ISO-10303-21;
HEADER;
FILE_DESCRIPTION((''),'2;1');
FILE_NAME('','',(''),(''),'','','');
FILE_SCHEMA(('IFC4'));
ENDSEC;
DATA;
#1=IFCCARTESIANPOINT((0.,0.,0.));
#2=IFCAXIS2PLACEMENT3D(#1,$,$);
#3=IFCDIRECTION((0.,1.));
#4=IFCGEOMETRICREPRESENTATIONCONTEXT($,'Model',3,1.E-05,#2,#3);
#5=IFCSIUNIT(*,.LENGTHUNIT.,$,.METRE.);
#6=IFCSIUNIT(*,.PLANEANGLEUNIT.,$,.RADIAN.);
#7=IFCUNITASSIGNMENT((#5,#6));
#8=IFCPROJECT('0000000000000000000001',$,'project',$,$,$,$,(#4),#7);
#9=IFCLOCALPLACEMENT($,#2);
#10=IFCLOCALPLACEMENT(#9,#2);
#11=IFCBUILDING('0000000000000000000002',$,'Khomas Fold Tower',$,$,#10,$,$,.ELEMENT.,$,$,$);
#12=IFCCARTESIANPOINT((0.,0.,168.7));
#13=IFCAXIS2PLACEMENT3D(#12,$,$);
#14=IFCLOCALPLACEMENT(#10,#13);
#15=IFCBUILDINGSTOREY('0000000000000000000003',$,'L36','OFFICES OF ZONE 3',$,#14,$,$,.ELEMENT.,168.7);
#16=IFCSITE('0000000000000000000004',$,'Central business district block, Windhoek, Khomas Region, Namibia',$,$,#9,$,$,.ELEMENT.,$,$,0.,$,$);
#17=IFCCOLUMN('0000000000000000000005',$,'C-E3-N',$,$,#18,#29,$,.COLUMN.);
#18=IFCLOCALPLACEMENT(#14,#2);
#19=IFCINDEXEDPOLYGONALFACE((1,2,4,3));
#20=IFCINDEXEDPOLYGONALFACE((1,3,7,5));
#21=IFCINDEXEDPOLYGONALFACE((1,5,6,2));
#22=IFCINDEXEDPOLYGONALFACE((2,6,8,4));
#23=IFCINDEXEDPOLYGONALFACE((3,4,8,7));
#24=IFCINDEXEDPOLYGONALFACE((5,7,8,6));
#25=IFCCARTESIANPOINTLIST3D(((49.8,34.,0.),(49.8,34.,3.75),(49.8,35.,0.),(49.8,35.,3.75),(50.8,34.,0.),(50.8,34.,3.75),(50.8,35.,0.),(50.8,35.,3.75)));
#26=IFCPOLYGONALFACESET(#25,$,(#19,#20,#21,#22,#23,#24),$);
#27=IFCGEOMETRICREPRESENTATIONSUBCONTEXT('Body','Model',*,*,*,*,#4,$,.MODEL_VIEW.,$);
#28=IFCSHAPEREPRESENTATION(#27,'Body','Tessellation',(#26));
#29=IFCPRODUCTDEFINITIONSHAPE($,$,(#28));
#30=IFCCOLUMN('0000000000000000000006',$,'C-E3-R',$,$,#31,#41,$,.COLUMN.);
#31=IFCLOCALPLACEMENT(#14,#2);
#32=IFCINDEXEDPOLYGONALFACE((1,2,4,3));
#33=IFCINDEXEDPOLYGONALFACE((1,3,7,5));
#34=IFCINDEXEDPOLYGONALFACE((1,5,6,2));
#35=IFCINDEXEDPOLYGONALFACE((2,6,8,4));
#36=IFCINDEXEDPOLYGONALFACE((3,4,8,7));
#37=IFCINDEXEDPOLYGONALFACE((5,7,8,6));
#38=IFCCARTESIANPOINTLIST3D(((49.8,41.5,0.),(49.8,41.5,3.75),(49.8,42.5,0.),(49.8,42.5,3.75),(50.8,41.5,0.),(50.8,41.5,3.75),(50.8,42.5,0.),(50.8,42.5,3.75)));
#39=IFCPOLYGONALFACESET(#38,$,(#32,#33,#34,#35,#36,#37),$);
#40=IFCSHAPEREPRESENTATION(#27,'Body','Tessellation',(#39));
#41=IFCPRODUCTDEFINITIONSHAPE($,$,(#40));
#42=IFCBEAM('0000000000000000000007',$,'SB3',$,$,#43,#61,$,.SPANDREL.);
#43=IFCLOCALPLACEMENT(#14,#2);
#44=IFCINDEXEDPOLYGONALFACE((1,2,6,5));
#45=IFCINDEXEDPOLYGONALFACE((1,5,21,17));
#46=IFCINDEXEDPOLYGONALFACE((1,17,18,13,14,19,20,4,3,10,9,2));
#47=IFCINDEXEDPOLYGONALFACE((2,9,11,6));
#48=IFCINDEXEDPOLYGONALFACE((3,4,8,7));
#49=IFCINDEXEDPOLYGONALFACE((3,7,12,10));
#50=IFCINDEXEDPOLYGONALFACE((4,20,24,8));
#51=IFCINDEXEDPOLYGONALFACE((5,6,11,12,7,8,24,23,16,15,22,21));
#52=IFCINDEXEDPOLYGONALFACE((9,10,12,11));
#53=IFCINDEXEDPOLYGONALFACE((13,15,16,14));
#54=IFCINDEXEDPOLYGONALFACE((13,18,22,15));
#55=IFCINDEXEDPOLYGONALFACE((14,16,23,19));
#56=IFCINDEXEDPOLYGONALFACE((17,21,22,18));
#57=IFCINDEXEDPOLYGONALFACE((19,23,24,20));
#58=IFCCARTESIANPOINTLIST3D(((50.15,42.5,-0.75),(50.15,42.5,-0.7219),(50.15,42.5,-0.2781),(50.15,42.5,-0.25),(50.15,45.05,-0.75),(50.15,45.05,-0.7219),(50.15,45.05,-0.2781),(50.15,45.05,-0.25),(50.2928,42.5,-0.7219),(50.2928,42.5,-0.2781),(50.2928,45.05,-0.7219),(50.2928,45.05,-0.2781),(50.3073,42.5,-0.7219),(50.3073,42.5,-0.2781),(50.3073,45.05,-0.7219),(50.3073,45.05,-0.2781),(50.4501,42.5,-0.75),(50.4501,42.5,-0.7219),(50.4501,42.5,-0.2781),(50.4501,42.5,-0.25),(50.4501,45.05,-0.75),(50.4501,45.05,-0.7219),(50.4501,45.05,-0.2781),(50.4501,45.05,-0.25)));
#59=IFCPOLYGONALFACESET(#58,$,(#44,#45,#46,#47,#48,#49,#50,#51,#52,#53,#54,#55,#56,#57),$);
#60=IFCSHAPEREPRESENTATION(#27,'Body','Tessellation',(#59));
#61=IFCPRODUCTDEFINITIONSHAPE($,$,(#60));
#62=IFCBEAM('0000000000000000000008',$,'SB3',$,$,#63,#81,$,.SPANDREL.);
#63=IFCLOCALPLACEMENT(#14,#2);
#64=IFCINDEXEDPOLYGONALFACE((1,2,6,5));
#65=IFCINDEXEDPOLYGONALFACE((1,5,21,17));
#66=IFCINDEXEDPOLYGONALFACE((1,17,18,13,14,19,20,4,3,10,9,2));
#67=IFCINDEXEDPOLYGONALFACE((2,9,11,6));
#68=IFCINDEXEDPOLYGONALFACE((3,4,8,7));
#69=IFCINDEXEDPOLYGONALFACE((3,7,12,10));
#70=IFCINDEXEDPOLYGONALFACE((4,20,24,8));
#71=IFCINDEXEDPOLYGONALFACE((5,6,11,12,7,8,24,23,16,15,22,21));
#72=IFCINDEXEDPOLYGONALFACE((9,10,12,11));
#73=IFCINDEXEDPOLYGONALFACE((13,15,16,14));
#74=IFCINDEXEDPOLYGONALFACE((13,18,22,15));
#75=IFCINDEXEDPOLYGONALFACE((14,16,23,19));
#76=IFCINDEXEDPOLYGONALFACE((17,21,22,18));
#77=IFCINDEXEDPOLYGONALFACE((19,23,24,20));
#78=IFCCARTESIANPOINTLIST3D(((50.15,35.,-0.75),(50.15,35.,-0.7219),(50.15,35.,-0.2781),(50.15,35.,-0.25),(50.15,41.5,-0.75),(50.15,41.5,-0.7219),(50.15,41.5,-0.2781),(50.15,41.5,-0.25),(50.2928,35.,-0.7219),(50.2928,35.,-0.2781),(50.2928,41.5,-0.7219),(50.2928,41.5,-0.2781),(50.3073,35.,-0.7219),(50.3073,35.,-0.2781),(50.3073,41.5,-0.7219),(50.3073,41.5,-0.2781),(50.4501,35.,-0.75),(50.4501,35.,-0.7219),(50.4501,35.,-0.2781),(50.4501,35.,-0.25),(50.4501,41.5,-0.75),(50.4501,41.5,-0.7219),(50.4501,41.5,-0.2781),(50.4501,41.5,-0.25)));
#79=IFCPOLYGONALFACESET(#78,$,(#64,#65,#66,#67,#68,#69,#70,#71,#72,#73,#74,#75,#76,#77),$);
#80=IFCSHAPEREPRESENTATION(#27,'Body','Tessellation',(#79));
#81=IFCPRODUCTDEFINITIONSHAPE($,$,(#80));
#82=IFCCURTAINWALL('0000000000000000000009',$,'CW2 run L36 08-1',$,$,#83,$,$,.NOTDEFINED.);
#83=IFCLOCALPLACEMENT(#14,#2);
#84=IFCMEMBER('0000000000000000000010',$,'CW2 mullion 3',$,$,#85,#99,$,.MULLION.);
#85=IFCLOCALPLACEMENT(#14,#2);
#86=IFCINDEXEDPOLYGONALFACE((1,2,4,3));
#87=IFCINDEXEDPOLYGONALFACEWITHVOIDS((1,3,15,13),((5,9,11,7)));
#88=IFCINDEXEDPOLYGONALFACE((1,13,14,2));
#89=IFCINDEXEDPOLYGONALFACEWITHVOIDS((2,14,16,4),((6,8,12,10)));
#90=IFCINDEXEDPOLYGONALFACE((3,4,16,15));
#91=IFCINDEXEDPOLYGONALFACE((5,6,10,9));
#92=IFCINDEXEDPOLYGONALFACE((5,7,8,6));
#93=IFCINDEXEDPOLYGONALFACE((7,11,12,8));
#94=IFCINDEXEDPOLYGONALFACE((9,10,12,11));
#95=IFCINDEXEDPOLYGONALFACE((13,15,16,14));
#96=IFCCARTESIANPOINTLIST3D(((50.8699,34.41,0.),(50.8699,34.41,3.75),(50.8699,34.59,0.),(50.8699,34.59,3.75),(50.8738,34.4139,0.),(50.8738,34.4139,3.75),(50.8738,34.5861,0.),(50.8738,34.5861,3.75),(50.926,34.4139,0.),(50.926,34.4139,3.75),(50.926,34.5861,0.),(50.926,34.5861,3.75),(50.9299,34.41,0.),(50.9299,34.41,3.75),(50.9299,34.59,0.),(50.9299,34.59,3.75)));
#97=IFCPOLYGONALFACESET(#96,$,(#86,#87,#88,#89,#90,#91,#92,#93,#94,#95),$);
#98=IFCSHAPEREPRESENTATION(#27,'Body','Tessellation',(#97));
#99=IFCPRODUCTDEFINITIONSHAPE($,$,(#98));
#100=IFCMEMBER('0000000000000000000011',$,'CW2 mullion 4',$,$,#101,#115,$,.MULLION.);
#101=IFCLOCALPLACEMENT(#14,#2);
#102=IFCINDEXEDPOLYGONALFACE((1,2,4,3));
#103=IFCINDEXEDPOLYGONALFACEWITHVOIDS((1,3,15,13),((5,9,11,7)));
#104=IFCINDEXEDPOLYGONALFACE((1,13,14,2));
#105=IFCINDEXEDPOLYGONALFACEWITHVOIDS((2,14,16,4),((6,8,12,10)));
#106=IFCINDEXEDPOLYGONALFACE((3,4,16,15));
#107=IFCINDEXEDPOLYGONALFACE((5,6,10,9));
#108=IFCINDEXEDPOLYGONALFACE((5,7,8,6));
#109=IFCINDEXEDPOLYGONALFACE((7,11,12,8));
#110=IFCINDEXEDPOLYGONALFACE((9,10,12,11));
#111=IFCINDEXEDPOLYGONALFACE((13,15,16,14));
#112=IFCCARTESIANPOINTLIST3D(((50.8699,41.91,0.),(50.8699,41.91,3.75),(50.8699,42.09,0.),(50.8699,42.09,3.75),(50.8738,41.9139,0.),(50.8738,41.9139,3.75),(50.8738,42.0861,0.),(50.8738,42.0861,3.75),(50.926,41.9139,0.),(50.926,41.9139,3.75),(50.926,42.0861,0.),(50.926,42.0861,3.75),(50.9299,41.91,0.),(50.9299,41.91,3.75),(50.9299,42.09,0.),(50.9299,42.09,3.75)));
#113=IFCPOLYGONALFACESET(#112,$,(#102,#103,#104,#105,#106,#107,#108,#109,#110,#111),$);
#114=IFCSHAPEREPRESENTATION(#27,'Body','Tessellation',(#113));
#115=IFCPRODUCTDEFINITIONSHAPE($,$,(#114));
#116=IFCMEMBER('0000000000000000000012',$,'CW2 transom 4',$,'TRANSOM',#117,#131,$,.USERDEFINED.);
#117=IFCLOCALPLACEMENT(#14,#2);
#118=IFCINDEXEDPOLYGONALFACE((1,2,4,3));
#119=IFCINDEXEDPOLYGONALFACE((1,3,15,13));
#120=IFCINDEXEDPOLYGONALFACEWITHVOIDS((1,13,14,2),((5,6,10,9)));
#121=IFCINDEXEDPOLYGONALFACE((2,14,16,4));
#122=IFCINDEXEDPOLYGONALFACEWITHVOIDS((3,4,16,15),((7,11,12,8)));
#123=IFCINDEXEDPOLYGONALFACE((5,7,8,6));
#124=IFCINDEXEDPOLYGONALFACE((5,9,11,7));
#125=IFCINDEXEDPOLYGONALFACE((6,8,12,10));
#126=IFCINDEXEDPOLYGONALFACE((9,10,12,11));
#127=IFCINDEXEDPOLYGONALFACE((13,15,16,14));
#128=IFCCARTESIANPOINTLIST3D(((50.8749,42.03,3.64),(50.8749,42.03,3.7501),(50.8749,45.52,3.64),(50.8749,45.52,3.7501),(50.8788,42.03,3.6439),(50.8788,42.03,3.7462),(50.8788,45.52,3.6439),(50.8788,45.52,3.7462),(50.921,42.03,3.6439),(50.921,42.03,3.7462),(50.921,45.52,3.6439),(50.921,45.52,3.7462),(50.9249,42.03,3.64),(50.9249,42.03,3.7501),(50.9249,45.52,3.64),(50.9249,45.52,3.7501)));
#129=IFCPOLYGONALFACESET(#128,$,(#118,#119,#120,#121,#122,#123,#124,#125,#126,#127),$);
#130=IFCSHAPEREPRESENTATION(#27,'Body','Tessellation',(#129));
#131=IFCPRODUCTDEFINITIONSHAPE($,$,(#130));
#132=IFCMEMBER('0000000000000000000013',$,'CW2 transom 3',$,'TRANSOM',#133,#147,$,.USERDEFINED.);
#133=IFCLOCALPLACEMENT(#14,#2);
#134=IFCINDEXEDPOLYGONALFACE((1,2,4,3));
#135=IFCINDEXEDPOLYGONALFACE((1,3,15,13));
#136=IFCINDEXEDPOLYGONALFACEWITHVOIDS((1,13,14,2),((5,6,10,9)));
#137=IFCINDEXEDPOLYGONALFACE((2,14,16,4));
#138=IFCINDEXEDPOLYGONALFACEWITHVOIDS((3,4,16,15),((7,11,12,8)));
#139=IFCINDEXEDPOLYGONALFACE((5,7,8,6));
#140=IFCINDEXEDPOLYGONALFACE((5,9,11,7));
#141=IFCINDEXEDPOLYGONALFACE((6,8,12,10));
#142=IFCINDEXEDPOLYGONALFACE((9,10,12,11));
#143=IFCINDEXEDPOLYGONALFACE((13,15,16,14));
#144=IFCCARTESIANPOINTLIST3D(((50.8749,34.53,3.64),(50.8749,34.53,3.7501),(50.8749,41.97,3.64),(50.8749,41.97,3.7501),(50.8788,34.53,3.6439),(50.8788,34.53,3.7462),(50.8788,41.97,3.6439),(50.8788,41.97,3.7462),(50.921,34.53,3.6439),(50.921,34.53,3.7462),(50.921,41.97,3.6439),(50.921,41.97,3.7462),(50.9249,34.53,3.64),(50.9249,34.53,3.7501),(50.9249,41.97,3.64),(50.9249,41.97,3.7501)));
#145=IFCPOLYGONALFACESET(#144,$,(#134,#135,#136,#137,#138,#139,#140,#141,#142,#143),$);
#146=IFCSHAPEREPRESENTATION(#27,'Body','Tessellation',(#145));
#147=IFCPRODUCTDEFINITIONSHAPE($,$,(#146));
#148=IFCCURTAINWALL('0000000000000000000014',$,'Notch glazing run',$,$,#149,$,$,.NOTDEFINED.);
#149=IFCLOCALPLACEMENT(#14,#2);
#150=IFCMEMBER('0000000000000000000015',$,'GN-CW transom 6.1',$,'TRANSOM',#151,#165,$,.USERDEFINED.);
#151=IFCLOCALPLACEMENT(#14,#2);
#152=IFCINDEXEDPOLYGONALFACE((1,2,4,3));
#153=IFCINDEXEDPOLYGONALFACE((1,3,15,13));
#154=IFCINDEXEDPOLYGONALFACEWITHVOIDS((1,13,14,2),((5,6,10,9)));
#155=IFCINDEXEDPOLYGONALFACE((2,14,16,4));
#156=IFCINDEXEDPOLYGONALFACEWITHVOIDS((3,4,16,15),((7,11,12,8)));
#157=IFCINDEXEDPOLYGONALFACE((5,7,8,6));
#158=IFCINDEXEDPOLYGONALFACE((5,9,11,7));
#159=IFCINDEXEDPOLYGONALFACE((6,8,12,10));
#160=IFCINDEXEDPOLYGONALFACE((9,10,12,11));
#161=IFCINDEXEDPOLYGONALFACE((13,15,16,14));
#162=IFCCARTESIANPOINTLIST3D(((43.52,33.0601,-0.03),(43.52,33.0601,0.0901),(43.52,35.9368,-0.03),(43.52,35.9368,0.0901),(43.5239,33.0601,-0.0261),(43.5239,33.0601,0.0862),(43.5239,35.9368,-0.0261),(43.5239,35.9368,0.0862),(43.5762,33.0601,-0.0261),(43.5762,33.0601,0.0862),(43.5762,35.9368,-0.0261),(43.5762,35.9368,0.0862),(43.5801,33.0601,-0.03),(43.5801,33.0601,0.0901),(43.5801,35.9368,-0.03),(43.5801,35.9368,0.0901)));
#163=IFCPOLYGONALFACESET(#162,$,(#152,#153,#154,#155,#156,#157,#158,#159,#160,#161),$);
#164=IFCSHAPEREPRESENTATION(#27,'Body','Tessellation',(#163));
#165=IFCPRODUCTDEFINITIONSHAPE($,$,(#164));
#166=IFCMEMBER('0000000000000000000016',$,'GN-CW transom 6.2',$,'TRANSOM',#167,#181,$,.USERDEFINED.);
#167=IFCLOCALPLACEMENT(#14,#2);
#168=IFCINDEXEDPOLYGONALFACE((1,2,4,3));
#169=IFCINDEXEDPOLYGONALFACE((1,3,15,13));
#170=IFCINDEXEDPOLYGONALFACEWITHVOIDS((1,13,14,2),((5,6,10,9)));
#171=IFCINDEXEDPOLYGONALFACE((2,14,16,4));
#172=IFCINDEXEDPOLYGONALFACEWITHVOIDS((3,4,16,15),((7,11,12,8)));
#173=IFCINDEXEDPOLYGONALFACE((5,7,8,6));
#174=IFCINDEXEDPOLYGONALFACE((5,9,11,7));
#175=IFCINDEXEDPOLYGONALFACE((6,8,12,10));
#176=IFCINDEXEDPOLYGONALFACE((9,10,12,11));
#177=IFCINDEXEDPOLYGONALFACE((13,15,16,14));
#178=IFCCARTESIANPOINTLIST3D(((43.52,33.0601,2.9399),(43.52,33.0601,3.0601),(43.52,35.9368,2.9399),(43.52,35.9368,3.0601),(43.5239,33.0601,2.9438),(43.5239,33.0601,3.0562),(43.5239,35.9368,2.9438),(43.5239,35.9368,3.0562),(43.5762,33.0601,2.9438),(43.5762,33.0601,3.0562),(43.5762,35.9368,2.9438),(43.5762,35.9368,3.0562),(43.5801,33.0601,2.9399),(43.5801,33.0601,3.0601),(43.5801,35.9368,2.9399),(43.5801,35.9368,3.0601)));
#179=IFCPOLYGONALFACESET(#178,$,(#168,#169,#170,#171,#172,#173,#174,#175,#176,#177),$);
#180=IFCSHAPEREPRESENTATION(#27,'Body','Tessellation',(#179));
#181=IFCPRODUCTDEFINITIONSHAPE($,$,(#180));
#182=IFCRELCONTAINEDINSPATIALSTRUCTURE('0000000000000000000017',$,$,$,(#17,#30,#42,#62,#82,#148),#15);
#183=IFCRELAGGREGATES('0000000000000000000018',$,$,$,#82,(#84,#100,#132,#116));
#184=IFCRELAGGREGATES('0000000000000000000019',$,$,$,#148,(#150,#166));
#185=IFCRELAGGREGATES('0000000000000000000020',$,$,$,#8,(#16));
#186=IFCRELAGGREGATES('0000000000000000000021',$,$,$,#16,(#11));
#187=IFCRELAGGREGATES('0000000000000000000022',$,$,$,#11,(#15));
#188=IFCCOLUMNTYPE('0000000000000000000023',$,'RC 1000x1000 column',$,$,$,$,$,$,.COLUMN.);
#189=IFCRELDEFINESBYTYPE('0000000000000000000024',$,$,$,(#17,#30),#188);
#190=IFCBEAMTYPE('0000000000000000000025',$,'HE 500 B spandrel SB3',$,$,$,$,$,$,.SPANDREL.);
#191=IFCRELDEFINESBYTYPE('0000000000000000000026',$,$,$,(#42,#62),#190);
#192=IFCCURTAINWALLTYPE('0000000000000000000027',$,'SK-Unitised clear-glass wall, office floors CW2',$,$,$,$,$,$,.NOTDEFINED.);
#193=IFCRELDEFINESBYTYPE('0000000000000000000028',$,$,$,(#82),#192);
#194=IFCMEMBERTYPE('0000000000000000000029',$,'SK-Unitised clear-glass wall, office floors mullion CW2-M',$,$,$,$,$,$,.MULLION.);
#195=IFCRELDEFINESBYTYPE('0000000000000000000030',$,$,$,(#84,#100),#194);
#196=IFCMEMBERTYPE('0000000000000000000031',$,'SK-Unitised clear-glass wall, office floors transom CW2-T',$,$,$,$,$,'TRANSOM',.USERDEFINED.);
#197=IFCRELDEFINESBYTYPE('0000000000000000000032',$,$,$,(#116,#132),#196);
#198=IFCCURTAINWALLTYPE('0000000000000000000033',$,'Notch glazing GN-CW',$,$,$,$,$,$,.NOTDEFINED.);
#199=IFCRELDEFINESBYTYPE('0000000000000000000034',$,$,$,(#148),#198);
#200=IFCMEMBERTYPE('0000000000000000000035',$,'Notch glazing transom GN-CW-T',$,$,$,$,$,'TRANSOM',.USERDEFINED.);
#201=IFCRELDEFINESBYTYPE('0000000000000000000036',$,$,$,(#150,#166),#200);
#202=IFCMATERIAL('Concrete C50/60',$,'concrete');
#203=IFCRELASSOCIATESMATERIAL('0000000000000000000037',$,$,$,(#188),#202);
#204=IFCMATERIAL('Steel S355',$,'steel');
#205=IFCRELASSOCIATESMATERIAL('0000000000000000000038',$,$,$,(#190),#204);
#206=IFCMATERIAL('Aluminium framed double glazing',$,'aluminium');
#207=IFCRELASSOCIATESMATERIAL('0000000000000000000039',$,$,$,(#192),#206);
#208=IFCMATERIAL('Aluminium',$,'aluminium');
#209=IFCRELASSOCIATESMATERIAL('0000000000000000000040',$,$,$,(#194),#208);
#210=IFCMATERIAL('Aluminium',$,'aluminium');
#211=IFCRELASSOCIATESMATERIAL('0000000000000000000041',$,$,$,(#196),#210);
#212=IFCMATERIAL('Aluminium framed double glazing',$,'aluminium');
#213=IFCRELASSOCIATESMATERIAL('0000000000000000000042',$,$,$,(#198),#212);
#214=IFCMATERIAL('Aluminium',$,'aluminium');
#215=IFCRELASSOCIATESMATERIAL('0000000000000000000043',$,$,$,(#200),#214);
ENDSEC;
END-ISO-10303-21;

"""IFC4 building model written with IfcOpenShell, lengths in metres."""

from ifc_helpers import new_model, si_unit, direction, frame, origin, origin_2d, place, context, subcontext, project, spatial, rectangle, hollow_rectangle, i_section, extrude, source, transform, mapped, material, material_profile, profile_set, type_object, element, aggregate, save


model = new_model("IFC4")

# Units and contexts
model_context = context("Model", 3, precision=1e-05, world=origin(), true_north=direction((0.0, 1.0)))
body_context = subcontext(model_context, "Body", "Model", "MODEL_VIEW")
ifc_project = project(units=[si_unit("LENGTHUNIT", "METRE"), si_unit("PLANEANGLEUNIT", "RADIAN")], contexts=[model_context])

# Site, building, storey
site_placement = place(None, origin())
site = spatial("IfcSite", under=ifc_project, at=site_placement, Name="Central business district block, Windhoek, Khomas Region, Namibia", CompositionType="ELEMENT", RefElevation=0.0)
building_placement = place(site_placement, origin())
building = spatial("IfcBuilding", under=site, at=building_placement, Name="Khomas Fold Tower", CompositionType="ELEMENT")
storey_placement = place(building_placement, frame((0.0, 0.0, 168.7)))
storey = spatial("IfcBuildingStorey", under=building, at=storey_placement, Name="L36", Description="OFFICES OF ZONE 3", CompositionType="ELEMENT", Elevation=168.7)

# Columns
ifc_material_1 = material(Name="Concrete C50/60", Category="concrete")
ifc_material_profile_1 = material_profile(ifc_material_1, rectangle(XDim=1.0, YDim=1.0, at=origin_2d()), Name="RC 1000x1000")
ifc_profile_set_1 = profile_set([ifc_material_profile_1], Name="Concrete C50/60")
column_type = type_object("IfcColumnType", Name="RC 1000x1000 column", PredefinedType="COLUMN", material=ifc_profile_set_1)
shared_shape_1 = source(origin(), body_context, "Body", "SweptSolid", [
    extrude(rectangle(XDim=1.0, YDim=1.0, at=origin_2d()), origin(), (0.0, 0.0, 1.0), 3.75),
])
for number, where, z_axis, x_axis, name in (
    (1, (50.3, 34.5, 0.0), (0.0, 0.0, 1.0), (1.0, 0.0, 0.0), "C-E3-N"),
    (2, (50.3, 42.0, 0.0), (0.0, 0.0, 1.0), (1.0, 0.0, 0.0), "C-E3-R"),
):
    element("IfcColumn", number, at=place(storey_placement, frame(where, z_axis=z_axis, x_axis=x_axis)), inside=storey, type_object=column_type, Name=name, PredefinedType="COLUMN", context=body_context, shape_type="MappedRepresentation", body=[
        mapped(shared_shape_1, transform((0.0, 0.0, 0.0))),
    ])

# Beams
ifc_material_2 = material(Name="Steel S355", Category="steel")
ifc_material_profile_2 = material_profile(ifc_material_2, i_section(OverallWidth=0.3, OverallDepth=0.5, WebThickness=0.0144, FlangeThickness=0.0281, at=origin_2d()), Name="HE 500 B")
ifc_profile_set_2 = profile_set([ifc_material_profile_2], Name="Steel S355")
beam_type = type_object("IfcBeamType", Name="HE 500 B spandrel SB3", PredefinedType="SPANDREL", material=ifc_profile_set_2)
shared_shape_2 = source(origin(), body_context, "Body", "SweptSolid", [
    extrude(i_section(OverallWidth=0.3, OverallDepth=0.5, WebThickness=0.0144, FlangeThickness=0.0281, at=origin_2d()), origin(), (0.0, 0.0, 1.0), 2.55),
])
beam_1_placement = place(storey_placement, frame((50.3, 42.5, -0.5), z_axis=(0.0, 1.0, 0.0), x_axis=(-1.0, 0.0, 0.0)))
element("IfcBeam", 3, at=beam_1_placement, inside=storey, type_object=beam_type, Name="SB3", PredefinedType="SPANDREL", context=body_context, shape_type="MappedRepresentation", body=[
    mapped(shared_shape_2, transform((0.0, 0.0, 0.0))),
])
shared_shape_3 = source(origin(), body_context, "Body", "SweptSolid", [
    extrude(i_section(OverallWidth=0.3, OverallDepth=0.5, WebThickness=0.0144, FlangeThickness=0.0281, at=origin_2d()), origin(), (0.0, 0.0, 1.0), 6.5),
])
beam_2_placement = place(storey_placement, frame((50.3, 35.0, -0.5), z_axis=(0.0, 1.0, 0.0), x_axis=(-1.0, 0.0, 0.0)))
element("IfcBeam", 4, at=beam_2_placement, inside=storey, type_object=beam_type, Name="SB3", PredefinedType="SPANDREL", context=body_context, shape_type="MappedRepresentation", body=[
    mapped(shared_shape_3, transform((0.0, 0.0, 0.0))),
])

# Curtain walls, members
ifc_material_3 = material(Name="Aluminium framed double glazing", Category="aluminium")
curtain_wall_type_1 = type_object("IfcCurtainWallType", Name="SK-Unitised clear-glass wall, office floors CW2", PredefinedType="NOTDEFINED", material=ifc_material_3)
curtain_wall_1_placement = place(storey_placement, origin())
curtain_wall_1 = element("IfcCurtainWall", 5, at=curtain_wall_1_placement, inside=storey, type_object=curtain_wall_type_1, Name="CW2 run L36 08-1", PredefinedType="NOTDEFINED")
ifc_material_4 = material(Name="Aluminium", Category="aluminium")
ifc_material_profile_3 = material_profile(ifc_material_4, hollow_rectangle(XDim=0.0601, YDim=0.1799, WallThickness=0.0039, at=origin_2d()), Name="SK-Unitised clear-glass wall, office floors mullion CW2-M")
ifc_profile_set_3 = profile_set([ifc_material_profile_3], Name="Aluminium")
member_type_1 = type_object("IfcMemberType", Name="SK-Unitised clear-glass wall, office floors mullion CW2-M", PredefinedType="MULLION", material=ifc_profile_set_3)
shared_shape_4 = source(origin(), body_context, "Body", "SweptSolid", [
    extrude(hollow_rectangle(XDim=0.0601, YDim=0.1799, WallThickness=0.0039, at=origin_2d()), origin(), (0.0, 0.0, 1.0), 3.75),
])
member_1_placement = place(storey_placement, frame((50.8999, 34.5, 0.0), z_axis=(0.0, 0.0, 1.0), x_axis=(-1.0, 0.0, 0.0)))
member_1 = element("IfcMember", 6, at=member_1_placement, type_object=member_type_1, Name="CW2 mullion 3", PredefinedType="MULLION", context=body_context, shape_type="MappedRepresentation", body=[
    mapped(shared_shape_4, transform((0.0, 0.0, 0.0))),
])
member_2_placement = place(storey_placement, frame((50.8999, 42.0, 0.0), z_axis=(0.0, 0.0, 1.0), x_axis=(-1.0, 0.0, 0.0)))
member_2 = element("IfcMember", 7, at=member_2_placement, type_object=member_type_1, Name="CW2 mullion 4", PredefinedType="MULLION", context=body_context, shape_type="MappedRepresentation", body=[
    mapped(shared_shape_4, transform((0.0, 0.0, 0.0))),
])
ifc_material_5 = material(Name="Aluminium", Category="aluminium")
ifc_material_profile_4 = material_profile(ifc_material_5, hollow_rectangle(XDim=0.05, YDim=0.1101, WallThickness=0.0039, at=origin_2d()), Name="SK-Unitised clear-glass wall, office floors transom CW2-T")
ifc_profile_set_4 = profile_set([ifc_material_profile_4], Name="Aluminium")
member_type_2 = type_object("IfcMemberType", Name="SK-Unitised clear-glass wall, office floors transom CW2-T", ElementType="TRANSOM", PredefinedType="USERDEFINED", material=ifc_profile_set_4)
shared_shape_5 = source(origin(), body_context, "Body", "SweptSolid", [
    extrude(hollow_rectangle(XDim=0.05, YDim=0.1101, WallThickness=0.0039, at=origin_2d()), origin(), (0.0, 0.0, 1.0), 3.49),
])
member_3_placement = place(storey_placement, frame((50.8999, 42.03, 3.6951), z_axis=(0.0, 1.0, 0.0), x_axis=(-1.0, 0.0, 0.0)))
member_3 = element("IfcMember", 8, at=member_3_placement, type_object=member_type_2, Name="CW2 transom 4", ObjectType="TRANSOM", PredefinedType="USERDEFINED", context=body_context, shape_type="MappedRepresentation", body=[
    mapped(shared_shape_5, transform((0.0, 0.0, 0.0))),
])
shared_shape_6 = source(origin(), body_context, "Body", "SweptSolid", [
    extrude(hollow_rectangle(XDim=0.05, YDim=0.1101, WallThickness=0.0039, at=origin_2d()), origin(), (0.0, 0.0, 1.0), 7.4399),
])
member_4_placement = place(storey_placement, frame((50.8999, 34.53, 3.6951), z_axis=(0.0, 1.0, 0.0), x_axis=(-1.0, 0.0, 0.0)))
member_4 = element("IfcMember", 9, at=member_4_placement, type_object=member_type_2, Name="CW2 transom 3", ObjectType="TRANSOM", PredefinedType="USERDEFINED", context=body_context, shape_type="MappedRepresentation", body=[
    mapped(shared_shape_6, transform((0.0, 0.0, 0.0))),
])
ifc_material_6 = material(Name="Aluminium framed double glazing", Category="aluminium")
curtain_wall_type_2 = type_object("IfcCurtainWallType", Name="Notch glazing GN-CW", PredefinedType="NOTDEFINED", material=ifc_material_6)
curtain_wall_2_placement = place(storey_placement, origin())
curtain_wall_2 = element("IfcCurtainWall", 10, at=curtain_wall_2_placement, inside=storey, type_object=curtain_wall_type_2, Name="Notch glazing run", PredefinedType="NOTDEFINED")
ifc_material_7 = material(Name="Aluminium", Category="aluminium")
ifc_material_profile_5 = material_profile(ifc_material_7, hollow_rectangle(XDim=0.0601, YDim=0.1201, WallThickness=0.0039, at=origin_2d()), Name="Notch glazing transom GN-CW-T")
ifc_profile_set_5 = profile_set([ifc_material_profile_5], Name="Aluminium")
member_type_3 = type_object("IfcMemberType", Name="Notch glazing transom GN-CW-T", ElementType="TRANSOM", PredefinedType="USERDEFINED", material=ifc_profile_set_5)
shared_shape_7 = source(origin(), body_context, "Body", "SweptSolid", [
    extrude(hollow_rectangle(XDim=0.0601, YDim=0.1201, WallThickness=0.0039, at=origin_2d()), origin(), (0.0, 0.0, 1.0), 2.8767),
])
member_5_placement = place(storey_placement, frame((43.55, 35.9368, 0.03), z_axis=(0.0, -1.0, 0.0), x_axis=(1.0, 0.0, 0.0)))
member_5 = element("IfcMember", 11, at=member_5_placement, type_object=member_type_3, Name="GN-CW transom 6.1", ObjectType="TRANSOM", PredefinedType="USERDEFINED", context=body_context, shape_type="MappedRepresentation", body=[
    mapped(shared_shape_7, transform((0.0, 0.0, 0.0))),
])
member_6_placement = place(storey_placement, frame((43.55, 35.9368, 3.0), z_axis=(0.0, -1.0, 0.0), x_axis=(1.0, 0.0, 0.0)))
member_6 = element("IfcMember", 12, at=member_6_placement, type_object=member_type_3, Name="GN-CW transom 6.2", ObjectType="TRANSOM", PredefinedType="USERDEFINED", context=body_context, shape_type="MappedRepresentation", body=[
    mapped(shared_shape_7, transform((0.0, 0.0, 0.0))),
])

aggregate(curtain_wall_1, [member_1, member_2, member_4, member_3])
aggregate(curtain_wall_2, [member_5, member_6])

save(model, "model.ifc")
